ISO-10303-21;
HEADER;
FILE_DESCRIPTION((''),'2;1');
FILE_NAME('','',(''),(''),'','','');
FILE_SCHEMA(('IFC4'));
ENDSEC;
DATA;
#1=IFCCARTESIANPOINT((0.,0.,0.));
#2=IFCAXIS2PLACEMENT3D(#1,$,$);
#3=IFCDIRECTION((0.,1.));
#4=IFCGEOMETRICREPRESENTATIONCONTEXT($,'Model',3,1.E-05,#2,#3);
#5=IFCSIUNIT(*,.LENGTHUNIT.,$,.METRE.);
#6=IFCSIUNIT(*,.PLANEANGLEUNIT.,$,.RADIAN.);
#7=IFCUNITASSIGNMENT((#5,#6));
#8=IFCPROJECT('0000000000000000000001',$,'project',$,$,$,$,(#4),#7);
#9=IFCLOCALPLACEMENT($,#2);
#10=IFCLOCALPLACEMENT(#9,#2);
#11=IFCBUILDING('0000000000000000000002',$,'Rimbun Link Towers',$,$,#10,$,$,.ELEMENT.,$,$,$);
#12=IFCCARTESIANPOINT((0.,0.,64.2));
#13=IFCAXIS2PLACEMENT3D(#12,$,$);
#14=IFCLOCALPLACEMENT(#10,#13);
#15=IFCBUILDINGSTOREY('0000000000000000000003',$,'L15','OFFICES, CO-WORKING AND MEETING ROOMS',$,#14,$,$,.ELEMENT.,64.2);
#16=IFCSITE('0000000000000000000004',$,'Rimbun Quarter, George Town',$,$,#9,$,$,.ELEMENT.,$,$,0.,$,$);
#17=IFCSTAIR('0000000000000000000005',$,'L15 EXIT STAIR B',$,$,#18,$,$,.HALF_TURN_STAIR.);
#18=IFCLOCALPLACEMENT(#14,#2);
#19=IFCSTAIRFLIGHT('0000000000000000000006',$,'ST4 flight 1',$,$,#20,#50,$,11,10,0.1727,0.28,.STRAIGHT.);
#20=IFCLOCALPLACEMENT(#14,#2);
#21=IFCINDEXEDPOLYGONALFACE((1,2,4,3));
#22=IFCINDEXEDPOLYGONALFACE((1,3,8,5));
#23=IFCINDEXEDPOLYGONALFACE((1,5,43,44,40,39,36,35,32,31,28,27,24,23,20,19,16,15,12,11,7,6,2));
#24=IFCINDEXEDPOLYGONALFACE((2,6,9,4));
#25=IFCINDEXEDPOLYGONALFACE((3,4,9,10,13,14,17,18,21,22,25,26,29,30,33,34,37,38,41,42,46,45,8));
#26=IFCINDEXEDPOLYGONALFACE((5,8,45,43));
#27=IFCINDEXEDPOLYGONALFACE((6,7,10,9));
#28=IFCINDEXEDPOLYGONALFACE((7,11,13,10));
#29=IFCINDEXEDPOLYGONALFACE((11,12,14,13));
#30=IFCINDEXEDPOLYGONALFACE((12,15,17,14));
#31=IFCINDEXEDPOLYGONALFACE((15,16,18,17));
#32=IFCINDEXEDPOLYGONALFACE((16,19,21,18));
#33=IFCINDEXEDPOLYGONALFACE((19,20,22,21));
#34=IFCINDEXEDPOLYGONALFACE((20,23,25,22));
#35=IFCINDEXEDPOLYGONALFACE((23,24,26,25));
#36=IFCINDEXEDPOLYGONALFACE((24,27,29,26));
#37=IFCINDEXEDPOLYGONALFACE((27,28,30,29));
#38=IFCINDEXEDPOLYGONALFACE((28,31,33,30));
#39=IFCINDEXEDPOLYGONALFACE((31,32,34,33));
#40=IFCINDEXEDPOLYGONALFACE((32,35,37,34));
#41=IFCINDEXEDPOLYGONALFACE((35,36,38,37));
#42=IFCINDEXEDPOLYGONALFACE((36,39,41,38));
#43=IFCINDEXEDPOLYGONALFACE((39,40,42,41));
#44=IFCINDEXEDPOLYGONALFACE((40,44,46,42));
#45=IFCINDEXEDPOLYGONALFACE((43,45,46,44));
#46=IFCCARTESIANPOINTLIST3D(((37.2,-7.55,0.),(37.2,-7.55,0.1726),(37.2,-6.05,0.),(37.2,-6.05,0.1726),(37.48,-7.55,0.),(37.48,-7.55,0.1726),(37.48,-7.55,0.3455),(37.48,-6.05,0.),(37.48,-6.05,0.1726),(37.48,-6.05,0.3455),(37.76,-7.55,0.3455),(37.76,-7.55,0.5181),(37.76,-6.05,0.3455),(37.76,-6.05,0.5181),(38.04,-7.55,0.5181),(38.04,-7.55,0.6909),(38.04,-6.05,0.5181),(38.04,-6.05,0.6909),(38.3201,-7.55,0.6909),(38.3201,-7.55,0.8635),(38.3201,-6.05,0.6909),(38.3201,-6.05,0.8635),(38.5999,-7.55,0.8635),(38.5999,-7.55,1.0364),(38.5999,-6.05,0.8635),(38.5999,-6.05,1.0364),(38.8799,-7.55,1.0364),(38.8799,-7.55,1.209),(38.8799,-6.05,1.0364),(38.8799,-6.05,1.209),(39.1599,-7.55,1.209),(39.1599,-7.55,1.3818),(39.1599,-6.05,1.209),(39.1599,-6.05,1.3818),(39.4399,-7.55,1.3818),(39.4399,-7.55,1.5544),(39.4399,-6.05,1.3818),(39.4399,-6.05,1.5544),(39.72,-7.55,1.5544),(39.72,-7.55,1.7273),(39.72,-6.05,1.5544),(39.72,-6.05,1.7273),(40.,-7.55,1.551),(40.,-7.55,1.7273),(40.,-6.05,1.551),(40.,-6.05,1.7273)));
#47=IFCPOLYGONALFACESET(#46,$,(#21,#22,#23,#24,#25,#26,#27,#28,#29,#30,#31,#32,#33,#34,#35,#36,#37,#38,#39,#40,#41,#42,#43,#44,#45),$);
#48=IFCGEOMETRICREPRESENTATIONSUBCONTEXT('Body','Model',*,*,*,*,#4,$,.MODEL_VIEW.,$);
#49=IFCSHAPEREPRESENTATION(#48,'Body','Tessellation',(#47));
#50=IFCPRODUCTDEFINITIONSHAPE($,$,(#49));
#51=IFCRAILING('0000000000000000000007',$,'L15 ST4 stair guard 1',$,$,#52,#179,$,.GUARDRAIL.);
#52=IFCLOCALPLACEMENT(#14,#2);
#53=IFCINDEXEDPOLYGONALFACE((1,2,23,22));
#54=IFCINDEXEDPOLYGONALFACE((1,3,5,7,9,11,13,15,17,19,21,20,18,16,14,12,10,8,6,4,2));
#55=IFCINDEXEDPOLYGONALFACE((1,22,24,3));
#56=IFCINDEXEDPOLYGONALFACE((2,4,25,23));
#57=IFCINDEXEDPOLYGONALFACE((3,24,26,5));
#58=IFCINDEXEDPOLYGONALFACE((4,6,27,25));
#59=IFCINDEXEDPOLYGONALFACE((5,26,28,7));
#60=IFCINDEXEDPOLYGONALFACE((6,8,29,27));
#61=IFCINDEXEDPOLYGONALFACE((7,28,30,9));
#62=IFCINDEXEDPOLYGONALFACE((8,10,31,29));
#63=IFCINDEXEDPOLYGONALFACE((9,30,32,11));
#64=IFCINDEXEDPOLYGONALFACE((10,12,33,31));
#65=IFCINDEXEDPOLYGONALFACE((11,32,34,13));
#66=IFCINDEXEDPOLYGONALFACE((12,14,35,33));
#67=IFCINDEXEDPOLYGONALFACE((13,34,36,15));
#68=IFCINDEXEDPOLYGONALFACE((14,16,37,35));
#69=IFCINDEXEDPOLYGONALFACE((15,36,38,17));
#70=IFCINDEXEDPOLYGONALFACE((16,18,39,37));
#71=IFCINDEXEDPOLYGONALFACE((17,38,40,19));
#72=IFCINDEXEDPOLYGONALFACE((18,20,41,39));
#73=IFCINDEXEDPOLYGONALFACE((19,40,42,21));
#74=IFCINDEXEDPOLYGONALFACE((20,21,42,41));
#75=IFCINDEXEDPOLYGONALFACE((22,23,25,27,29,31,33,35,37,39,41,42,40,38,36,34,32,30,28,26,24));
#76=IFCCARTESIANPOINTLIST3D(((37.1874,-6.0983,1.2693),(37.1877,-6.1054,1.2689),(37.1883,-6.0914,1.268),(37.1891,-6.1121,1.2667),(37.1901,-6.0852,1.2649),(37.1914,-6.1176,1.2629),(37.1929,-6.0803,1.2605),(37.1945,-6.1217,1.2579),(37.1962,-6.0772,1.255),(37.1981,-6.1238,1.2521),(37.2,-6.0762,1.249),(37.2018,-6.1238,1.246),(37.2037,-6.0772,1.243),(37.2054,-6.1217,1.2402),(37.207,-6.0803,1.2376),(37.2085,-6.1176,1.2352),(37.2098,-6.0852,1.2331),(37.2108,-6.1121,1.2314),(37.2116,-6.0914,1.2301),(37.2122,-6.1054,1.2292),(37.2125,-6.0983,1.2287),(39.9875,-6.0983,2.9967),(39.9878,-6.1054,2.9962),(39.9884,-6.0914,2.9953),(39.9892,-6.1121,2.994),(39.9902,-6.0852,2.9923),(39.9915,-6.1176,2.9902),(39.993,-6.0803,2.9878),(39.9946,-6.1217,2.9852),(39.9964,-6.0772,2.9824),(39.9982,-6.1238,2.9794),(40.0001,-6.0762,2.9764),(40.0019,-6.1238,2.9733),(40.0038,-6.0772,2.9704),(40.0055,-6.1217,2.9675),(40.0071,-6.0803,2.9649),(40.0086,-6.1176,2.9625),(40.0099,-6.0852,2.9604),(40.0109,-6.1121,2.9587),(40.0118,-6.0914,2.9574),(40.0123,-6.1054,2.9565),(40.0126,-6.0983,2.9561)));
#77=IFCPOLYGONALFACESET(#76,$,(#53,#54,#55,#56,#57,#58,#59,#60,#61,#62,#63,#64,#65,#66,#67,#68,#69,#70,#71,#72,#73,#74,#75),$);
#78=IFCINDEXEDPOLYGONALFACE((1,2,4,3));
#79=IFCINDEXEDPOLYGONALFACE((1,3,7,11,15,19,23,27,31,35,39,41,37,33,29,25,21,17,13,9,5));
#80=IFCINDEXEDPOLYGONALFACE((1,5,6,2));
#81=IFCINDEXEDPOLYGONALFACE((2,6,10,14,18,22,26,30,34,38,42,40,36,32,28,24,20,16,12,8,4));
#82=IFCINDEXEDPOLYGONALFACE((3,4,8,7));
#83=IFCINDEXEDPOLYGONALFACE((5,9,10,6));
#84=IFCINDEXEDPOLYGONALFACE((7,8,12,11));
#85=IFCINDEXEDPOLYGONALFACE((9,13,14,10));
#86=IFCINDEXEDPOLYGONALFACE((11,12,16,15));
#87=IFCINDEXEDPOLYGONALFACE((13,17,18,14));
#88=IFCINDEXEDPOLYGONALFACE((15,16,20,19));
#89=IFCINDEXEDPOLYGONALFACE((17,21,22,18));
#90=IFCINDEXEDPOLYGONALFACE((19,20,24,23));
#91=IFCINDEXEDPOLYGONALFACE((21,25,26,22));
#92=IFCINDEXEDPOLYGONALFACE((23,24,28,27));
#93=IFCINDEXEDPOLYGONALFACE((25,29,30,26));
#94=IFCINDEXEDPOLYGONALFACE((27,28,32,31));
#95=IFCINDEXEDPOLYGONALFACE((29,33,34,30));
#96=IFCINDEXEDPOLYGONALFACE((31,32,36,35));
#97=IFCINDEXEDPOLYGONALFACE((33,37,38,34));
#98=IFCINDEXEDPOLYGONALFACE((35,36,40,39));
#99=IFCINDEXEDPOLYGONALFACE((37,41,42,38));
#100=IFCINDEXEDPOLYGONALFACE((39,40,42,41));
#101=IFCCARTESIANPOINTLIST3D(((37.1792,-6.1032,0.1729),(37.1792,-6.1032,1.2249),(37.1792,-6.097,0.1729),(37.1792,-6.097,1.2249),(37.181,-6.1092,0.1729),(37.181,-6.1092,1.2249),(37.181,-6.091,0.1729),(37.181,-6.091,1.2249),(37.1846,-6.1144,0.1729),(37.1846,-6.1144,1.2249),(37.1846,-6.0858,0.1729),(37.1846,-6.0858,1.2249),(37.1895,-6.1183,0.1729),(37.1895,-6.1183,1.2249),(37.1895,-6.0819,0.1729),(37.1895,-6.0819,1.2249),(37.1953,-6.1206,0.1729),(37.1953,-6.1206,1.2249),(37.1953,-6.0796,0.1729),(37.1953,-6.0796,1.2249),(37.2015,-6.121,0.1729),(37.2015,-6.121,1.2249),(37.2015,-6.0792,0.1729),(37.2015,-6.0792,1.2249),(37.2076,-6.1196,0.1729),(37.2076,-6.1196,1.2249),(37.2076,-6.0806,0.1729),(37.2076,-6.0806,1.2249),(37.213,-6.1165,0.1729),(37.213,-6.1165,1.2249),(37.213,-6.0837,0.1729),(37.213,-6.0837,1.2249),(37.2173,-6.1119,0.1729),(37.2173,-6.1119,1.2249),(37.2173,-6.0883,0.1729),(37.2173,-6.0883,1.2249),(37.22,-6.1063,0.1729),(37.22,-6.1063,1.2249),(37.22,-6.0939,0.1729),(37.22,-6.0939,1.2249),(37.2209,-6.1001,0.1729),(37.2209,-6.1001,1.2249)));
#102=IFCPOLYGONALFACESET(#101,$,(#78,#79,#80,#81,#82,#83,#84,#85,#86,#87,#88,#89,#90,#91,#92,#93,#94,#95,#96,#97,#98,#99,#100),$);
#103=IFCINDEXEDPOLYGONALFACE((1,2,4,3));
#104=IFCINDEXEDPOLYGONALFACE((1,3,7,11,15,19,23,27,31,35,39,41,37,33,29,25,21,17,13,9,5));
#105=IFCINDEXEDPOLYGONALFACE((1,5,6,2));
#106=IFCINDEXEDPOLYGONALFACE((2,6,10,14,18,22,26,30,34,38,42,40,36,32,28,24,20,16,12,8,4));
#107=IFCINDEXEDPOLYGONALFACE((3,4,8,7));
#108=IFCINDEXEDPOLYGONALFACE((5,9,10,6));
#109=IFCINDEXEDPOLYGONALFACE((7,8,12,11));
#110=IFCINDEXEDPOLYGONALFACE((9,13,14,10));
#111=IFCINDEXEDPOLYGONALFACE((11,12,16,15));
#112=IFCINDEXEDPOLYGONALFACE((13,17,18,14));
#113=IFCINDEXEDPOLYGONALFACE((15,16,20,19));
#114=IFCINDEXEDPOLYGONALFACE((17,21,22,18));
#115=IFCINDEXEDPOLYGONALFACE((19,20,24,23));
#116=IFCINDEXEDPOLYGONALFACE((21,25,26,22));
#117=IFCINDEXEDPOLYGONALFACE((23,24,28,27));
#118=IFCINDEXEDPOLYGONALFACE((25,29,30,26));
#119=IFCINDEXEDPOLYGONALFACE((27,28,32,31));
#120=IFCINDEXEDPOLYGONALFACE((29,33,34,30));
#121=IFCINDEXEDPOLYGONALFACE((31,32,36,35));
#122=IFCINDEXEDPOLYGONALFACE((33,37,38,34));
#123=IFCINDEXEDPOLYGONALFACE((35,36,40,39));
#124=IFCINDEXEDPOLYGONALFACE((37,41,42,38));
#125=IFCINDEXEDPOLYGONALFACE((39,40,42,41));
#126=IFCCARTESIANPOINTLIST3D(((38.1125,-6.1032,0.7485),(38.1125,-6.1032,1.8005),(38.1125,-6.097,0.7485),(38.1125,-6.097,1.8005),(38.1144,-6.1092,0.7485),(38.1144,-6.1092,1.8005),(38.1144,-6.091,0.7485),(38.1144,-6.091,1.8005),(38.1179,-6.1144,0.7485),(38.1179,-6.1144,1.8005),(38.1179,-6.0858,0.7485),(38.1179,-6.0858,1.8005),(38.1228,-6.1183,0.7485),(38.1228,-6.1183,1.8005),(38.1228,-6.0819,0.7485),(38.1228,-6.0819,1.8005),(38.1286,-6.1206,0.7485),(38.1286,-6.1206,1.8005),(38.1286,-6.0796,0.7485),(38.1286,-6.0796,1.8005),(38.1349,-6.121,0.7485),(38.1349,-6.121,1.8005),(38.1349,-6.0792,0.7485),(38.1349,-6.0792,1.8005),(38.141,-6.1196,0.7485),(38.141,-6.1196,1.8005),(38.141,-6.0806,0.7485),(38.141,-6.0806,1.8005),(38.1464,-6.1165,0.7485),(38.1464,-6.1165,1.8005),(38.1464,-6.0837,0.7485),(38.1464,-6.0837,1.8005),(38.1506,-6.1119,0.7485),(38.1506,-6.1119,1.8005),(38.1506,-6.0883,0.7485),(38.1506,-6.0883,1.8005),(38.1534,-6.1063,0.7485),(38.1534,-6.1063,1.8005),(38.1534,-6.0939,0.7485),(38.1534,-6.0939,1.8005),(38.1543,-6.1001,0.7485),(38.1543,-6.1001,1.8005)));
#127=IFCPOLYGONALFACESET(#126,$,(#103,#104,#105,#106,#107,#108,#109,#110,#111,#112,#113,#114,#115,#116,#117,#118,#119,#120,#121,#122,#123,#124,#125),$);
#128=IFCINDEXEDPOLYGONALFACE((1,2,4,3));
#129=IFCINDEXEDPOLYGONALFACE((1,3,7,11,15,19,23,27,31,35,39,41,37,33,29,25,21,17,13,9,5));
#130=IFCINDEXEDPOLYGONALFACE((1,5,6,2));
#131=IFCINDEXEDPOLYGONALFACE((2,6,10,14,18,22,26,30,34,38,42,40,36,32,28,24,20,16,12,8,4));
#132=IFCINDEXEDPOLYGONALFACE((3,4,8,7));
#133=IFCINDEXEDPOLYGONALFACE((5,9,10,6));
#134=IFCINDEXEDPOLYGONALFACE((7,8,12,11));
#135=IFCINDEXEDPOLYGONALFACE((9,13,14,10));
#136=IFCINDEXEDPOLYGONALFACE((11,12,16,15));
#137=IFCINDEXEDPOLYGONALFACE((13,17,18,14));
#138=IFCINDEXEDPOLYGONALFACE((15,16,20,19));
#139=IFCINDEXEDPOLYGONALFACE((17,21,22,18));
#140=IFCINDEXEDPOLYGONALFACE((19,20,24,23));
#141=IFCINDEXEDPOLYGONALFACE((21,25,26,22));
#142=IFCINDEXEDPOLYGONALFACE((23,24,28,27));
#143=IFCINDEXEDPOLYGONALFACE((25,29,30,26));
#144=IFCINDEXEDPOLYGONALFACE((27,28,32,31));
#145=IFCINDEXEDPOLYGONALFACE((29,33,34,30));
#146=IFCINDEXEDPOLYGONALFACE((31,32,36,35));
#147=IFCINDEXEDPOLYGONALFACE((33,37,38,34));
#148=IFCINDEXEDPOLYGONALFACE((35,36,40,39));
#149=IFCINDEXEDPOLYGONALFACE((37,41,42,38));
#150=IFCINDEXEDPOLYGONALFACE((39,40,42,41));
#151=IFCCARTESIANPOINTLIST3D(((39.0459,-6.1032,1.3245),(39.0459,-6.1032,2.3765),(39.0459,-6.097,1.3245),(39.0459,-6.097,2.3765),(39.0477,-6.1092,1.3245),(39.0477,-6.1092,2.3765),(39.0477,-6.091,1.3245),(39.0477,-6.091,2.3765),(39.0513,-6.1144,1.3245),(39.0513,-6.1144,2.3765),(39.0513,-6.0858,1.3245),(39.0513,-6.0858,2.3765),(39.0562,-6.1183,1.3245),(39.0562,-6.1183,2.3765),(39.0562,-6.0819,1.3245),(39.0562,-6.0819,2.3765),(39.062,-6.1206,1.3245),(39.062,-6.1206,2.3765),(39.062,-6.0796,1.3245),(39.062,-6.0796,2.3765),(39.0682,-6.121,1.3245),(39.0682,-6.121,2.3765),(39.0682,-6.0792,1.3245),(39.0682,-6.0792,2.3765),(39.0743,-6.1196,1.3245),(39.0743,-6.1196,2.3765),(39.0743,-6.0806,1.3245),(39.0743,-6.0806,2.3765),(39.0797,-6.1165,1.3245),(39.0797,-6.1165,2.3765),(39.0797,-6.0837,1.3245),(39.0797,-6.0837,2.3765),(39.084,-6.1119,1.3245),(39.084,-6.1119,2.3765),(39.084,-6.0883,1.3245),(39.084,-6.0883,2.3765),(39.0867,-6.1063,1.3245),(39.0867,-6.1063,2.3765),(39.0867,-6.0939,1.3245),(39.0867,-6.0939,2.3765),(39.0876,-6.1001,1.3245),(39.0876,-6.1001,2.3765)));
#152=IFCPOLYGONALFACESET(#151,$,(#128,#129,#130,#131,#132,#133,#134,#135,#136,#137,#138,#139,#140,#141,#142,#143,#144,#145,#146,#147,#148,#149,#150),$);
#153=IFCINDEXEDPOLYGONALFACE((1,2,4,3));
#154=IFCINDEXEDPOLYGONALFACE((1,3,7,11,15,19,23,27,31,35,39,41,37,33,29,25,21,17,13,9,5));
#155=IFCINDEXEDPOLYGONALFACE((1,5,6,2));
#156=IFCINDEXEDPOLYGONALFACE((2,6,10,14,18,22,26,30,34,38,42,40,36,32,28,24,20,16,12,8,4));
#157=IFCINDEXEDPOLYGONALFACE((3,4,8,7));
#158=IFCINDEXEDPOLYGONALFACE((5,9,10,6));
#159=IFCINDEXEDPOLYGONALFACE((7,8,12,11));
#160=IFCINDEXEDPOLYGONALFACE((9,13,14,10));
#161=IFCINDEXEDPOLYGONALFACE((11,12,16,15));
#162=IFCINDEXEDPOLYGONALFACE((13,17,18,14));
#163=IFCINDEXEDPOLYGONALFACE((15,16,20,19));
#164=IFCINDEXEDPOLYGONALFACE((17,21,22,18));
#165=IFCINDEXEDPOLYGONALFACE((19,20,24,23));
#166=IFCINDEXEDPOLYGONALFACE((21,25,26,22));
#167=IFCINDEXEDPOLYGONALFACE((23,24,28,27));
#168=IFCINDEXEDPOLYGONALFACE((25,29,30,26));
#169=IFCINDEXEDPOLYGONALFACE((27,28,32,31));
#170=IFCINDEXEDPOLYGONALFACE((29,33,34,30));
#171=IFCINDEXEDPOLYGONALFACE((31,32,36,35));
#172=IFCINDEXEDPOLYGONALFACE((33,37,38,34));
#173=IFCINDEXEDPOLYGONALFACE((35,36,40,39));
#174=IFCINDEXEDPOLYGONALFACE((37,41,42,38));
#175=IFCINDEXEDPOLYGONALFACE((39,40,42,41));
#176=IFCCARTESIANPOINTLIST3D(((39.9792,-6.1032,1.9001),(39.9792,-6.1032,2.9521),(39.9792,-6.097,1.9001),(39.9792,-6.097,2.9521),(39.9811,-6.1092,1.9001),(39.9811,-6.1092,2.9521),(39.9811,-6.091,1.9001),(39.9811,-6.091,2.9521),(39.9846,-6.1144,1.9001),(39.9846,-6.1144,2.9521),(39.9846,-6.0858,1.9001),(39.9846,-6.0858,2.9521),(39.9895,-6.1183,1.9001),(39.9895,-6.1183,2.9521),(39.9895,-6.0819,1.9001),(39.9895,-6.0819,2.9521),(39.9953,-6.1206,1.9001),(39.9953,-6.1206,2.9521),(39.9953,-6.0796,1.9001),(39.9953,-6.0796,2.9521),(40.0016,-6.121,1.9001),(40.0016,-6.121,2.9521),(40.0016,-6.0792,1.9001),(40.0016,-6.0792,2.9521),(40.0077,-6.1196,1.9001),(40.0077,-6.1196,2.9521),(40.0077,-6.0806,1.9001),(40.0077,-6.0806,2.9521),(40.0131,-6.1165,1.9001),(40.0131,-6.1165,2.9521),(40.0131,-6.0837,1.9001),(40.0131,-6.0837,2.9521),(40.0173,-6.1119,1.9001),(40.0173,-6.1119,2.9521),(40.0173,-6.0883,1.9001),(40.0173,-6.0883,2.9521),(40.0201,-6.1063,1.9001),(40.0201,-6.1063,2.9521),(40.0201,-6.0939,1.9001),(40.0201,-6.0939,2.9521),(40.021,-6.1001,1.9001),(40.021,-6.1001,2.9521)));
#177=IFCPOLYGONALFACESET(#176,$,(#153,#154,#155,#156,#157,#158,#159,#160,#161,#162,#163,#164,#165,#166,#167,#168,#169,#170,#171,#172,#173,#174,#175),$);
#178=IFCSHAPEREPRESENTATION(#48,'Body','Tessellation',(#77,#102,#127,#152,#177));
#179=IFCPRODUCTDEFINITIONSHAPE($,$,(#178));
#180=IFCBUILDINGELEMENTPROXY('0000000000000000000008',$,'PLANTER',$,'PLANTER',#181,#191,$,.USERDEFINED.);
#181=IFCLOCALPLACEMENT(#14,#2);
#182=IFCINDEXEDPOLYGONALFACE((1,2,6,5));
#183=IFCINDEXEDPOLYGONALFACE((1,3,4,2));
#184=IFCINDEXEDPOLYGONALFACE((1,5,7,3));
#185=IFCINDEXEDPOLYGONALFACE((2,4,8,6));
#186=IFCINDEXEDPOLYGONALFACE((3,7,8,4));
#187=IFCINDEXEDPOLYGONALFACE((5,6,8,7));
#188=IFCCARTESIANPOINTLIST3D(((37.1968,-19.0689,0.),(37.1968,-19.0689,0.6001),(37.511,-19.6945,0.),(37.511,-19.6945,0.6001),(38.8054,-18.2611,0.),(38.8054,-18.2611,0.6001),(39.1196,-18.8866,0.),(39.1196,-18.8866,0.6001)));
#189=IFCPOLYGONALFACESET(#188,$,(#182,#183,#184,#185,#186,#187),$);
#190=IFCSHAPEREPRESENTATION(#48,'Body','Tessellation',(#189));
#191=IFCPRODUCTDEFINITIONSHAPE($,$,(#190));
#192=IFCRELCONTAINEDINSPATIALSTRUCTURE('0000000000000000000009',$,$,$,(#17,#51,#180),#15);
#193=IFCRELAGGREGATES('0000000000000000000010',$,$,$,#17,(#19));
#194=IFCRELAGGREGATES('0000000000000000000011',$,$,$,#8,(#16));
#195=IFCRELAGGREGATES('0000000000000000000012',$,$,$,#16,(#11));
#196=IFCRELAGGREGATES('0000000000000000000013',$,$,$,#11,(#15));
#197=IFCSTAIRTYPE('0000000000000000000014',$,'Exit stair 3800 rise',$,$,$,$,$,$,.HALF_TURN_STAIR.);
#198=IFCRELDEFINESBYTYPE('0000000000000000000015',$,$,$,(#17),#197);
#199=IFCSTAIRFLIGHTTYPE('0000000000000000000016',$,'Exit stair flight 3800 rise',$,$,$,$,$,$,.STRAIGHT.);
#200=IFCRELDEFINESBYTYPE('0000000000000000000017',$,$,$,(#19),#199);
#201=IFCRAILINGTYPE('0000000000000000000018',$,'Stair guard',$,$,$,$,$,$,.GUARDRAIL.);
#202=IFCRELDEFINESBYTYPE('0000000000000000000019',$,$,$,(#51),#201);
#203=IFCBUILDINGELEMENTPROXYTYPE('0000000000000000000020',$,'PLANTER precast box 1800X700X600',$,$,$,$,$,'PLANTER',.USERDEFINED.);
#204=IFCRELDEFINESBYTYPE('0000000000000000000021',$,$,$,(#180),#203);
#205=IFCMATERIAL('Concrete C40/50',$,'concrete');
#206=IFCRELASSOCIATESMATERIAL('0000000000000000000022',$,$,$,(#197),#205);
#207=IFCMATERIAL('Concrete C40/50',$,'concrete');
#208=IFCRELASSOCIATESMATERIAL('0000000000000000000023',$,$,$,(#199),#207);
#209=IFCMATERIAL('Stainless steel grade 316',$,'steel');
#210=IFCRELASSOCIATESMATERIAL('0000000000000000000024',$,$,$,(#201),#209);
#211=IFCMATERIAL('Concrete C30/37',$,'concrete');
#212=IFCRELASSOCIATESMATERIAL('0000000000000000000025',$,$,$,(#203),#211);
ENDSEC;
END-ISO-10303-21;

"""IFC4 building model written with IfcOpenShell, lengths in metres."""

from ifc_helpers import new_model, si_unit, direction, frame, origin, origin_2d, place, context, subcontext, project, spatial, polyline, rectangle, circle, outline, extrude, material, type_object, element, aggregate, save


model = new_model("IFC4")

# Units and contexts
model_context = context("Model", 3, precision=1e-05, world=origin(), true_north=direction((0.0, 1.0)))
body_context = subcontext(model_context, "Body", "Model", "MODEL_VIEW")
ifc_project = project(units=[si_unit("LENGTHUNIT", "METRE"), si_unit("PLANEANGLEUNIT", "RADIAN")], contexts=[model_context])

# Site, building, storey
site_placement = place(None, origin())
site = spatial("IfcSite", under=ifc_project, at=site_placement, Name="Rimbun Quarter, George Town", CompositionType="ELEMENT", RefElevation=0.0)
building_placement = place(site_placement, origin())
building = spatial("IfcBuilding", under=site, at=building_placement, Name="Rimbun Link Towers", CompositionType="ELEMENT")
storey_placement = place(building_placement, frame((0.0, 0.0, 64.2)))
storey = spatial("IfcBuildingStorey", under=building, at=storey_placement, Name="L15", Description="OFFICES, CO-WORKING AND MEETING ROOMS", CompositionType="ELEMENT", Elevation=64.2)

# Stair, stair flight
ifc_material_1 = material(Name="Concrete C40/50", Category="concrete")
stair_type = type_object("IfcStairType", Name="Exit stair 3800 rise", PredefinedType="HALF_TURN_STAIR", material=ifc_material_1)
stair_placement = place(storey_placement, origin())
stair = element("IfcStair", 1, at=stair_placement, inside=storey, type_object=stair_type, Name="L15 EXIT STAIR B", PredefinedType="HALF_TURN_STAIR")
ifc_material_2 = material(Name="Concrete C40/50", Category="concrete")
stair_flight_type = type_object("IfcStairFlightType", Name="Exit stair flight 3800 rise", PredefinedType="STRAIGHT", material=ifc_material_2)
stair_flight_placement = place(storey_placement, frame((37.2, -6.8, 0.0), z_axis=(0.0, 0.0, 1.0), x_axis=(1.0, 0.0, 0.0)))
stair_flight = element("IfcStairFlight", 2, at=stair_flight_placement, type_object=stair_flight_type, Name="ST4 flight 1", NumberOfRisers=11, NumberOfTreads=10, PredefinedType="STRAIGHT", RiserHeight=0.1727, TreadLength=0.28, context=body_context, shape_type="SweptSolid", body=[
    extrude(outline(polyline([(0.0, 0.0), (0.0, 0.1726), (0.28, 0.1726), (0.28, 0.3455), (0.5601, 0.3455), (0.5601, 0.5181), (0.8401, 0.5181), (0.8401, 0.6909), (1.1201, 0.6909), (1.1201, 0.8635), (1.3999, 0.8635), (1.3999, 1.0364), (1.6799, 1.0364), (1.6799, 1.209), (1.96, 1.209), (1.96, 1.3818), (2.24, 1.3818), (2.24, 1.5544), (2.52, 1.5544), (2.52, 1.7273), (2.8, 1.7273), (2.8, 1.8999), (2.8, 1.551), (0.28, 0.0), (0.0, 0.0)])), frame((0.0, 0.75, 0.0), z_axis=(0.0, -1.0, 0.0), x_axis=(1.0, 0.0, 0.0)), (0.0, 0.0, 1.0), 1.5),
])
aggregate(stair, [stair_flight])

# Railing
ifc_material_3 = material(Name="Stainless steel grade 316", Category="steel")
railing_type_1 = type_object("IfcRailingType", Name="Stair guard", PredefinedType="GUARDRAIL", material=ifc_material_3)
railing_1_placement = place(storey_placement, frame((37.2, -6.1001, 0.1729)))
element("IfcRailing", 3, at=railing_1_placement, inside=storey, type_object=railing_type_1, Name="L15 ST4 stair guard 1", PredefinedType="GUARDRAIL", context=body_context, shape_type="SweptSolid", body=[
    extrude(circle(Radius=0.0239, at=origin_2d()), frame((0.0, 0.0, 1.0762), z_axis=(0.85109, 0.0, 0.52502), x_axis=(0.0, 1.0, 0.0)), (0.0, 0.0, 1.0), 3.29),
    extrude(circle(Radius=0.021, at=origin_2d()), origin(), (0.0, 0.0, 1.0), 1.052),
    extrude(circle(Radius=0.021, at=origin_2d()), frame((0.9333, 0.0, 0.5757)), (0.0, 0.0, 1.0), 1.052),
    extrude(circle(Radius=0.021, at=origin_2d()), frame((1.8667, 0.0, 1.1516)), (0.0, 0.0, 1.0), 1.052),
    extrude(circle(Radius=0.021, at=origin_2d()), frame((2.8, 0.0, 1.7273)), (0.0, 0.0, 1.0), 1.052),
])

# Building element proxy
ifc_material_4 = material(Name="Concrete C30/37", Category="concrete")
building_element_proxy_type = type_object("IfcBuildingElementProxyType", Name="PLANTER precast box 1800X700X600", ElementType="PLANTER", PredefinedType="USERDEFINED", material=ifc_material_4)
proxy_placement = place(storey_placement, frame((38.1582, -18.9778, 0.0), z_axis=(0.0, 0.0, 1.0), x_axis=(0.893641, 0.448782, 0.0)))
element("IfcBuildingElementProxy", 4, at=proxy_placement, inside=storey, type_object=building_element_proxy_type, Name="PLANTER", ObjectType="PLANTER", PredefinedType="USERDEFINED", context=body_context, shape_type="SweptSolid", body=[
    extrude(rectangle(XDim=1.8, YDim=0.7, at=origin_2d()), origin(), (0.0, 0.0, 1.0), 0.6001),
])

save(model, "model.ifc")
